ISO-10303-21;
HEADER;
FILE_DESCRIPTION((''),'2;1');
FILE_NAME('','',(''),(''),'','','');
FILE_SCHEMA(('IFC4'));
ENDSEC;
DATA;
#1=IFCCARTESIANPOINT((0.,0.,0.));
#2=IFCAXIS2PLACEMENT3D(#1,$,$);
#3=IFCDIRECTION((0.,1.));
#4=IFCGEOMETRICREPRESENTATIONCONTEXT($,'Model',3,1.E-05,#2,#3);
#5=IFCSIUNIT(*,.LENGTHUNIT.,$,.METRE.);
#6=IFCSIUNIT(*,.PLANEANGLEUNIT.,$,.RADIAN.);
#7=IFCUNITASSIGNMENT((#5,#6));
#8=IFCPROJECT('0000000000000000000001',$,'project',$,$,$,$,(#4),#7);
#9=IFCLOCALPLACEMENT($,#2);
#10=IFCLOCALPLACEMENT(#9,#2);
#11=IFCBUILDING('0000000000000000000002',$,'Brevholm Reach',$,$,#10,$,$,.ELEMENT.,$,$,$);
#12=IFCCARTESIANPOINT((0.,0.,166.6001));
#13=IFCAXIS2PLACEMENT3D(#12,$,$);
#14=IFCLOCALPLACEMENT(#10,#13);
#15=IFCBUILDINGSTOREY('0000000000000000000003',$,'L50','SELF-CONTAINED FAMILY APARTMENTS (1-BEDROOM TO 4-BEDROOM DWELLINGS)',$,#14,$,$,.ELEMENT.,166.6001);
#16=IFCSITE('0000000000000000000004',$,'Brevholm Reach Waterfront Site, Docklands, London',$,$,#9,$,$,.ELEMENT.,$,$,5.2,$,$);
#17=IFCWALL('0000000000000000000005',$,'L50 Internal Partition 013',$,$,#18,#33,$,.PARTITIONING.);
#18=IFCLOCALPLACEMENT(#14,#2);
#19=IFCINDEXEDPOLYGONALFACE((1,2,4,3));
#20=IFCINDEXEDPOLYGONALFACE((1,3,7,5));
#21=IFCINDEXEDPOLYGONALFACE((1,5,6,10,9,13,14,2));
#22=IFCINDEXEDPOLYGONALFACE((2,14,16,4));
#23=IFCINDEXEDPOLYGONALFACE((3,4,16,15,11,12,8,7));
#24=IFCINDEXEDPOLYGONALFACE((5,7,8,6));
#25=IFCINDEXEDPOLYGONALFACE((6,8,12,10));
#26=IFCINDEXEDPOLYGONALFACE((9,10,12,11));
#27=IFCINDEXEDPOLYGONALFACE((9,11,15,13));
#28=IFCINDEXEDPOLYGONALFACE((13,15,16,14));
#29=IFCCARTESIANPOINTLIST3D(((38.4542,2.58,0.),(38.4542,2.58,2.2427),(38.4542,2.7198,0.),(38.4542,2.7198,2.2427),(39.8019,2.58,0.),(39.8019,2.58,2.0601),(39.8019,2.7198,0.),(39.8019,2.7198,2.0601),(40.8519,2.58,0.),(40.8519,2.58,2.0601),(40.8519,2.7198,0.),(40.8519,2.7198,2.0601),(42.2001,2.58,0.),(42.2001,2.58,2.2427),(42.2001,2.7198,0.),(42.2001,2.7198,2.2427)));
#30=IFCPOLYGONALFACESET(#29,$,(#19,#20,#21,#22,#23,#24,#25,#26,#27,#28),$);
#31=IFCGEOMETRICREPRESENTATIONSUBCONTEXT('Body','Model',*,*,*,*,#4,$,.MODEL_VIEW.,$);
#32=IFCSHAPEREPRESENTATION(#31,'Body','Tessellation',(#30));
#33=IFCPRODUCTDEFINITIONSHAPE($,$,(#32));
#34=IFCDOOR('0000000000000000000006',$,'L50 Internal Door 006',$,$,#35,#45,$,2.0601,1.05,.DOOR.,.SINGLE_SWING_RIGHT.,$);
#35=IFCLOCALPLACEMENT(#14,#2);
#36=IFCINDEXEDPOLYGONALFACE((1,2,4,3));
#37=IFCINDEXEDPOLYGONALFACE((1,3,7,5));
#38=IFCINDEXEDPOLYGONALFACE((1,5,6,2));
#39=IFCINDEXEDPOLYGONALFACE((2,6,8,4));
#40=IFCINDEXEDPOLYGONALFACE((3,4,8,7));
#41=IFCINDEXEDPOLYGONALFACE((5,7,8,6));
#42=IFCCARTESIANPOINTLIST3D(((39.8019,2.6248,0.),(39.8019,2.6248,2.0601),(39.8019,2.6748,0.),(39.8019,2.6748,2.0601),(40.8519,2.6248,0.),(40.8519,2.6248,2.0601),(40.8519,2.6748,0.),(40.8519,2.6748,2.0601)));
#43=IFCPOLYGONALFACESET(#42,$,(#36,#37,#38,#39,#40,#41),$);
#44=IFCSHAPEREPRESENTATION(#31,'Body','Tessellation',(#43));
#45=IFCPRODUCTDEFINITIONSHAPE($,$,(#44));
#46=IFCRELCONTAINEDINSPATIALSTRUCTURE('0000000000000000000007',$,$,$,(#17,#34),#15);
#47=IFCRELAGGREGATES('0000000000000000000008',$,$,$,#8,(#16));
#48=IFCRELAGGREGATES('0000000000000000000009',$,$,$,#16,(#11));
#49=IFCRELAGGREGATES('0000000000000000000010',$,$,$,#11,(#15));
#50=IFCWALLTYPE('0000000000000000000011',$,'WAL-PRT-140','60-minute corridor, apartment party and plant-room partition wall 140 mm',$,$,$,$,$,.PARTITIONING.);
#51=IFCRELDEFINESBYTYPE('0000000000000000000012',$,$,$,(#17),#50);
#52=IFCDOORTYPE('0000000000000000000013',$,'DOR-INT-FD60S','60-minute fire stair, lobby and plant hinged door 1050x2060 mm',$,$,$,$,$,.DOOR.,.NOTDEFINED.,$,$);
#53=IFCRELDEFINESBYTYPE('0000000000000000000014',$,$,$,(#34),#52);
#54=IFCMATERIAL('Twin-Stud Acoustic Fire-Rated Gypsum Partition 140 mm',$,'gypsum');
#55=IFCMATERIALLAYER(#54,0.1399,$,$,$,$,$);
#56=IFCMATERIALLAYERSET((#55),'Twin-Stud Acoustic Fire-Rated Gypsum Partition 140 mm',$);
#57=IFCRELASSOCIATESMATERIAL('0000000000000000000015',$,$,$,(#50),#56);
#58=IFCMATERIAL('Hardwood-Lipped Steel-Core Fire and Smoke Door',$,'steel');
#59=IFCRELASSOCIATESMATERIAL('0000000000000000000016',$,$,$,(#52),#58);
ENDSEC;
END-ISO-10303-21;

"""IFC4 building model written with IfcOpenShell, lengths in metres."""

from ifc_helpers import new_model, si_unit, direction, frame, frame_2d, origin, place, context, subcontext, project, spatial, rectangle, extrude, material, layer, layer_set, type_object, element, fill, save


model = new_model("IFC4")

# Units and contexts
model_context = context("Model", 3, precision=1e-05, world=origin(), true_north=direction((0.0, 1.0)))
body_context = subcontext(model_context, "Body", "Model", "MODEL_VIEW")
ifc_project = project(units=[si_unit("LENGTHUNIT", "METRE"), si_unit("PLANEANGLEUNIT", "RADIAN")], contexts=[model_context])

# Site, building, storey
site_placement = place(None, origin())
site = spatial("IfcSite", under=ifc_project, at=site_placement, Name="Brevholm Reach Waterfront Site, Docklands, London", CompositionType="ELEMENT", RefElevation=5.2)
building_placement = place(site_placement, origin())
building = spatial("IfcBuilding", under=site, at=building_placement, Name="Brevholm Reach", CompositionType="ELEMENT")
storey_placement = place(building_placement, frame((0.0, 0.0, 166.6001)))
storey = spatial("IfcBuildingStorey", under=building, at=storey_placement, Name="L50", Description="SELF-CONTAINED FAMILY APARTMENTS (1-BEDROOM TO 4-BEDROOM DWELLINGS)", CompositionType="ELEMENT", Elevation=166.6001)

# Shared definitions
ifc_material_1 = material(Name="Twin-Stud Acoustic Fire-Rated Gypsum Partition 140 mm", Category="gypsum")
ifc_layer_1 = layer(ifc_material_1, 0.1399)
ifc_layer_set_1 = layer_set([ifc_layer_1], Name="Twin-Stud Acoustic Fire-Rated Gypsum Partition 140 mm")
wall_type_1 = type_object("IfcWallType", Name="WAL-PRT-140", Description="60-minute corridor, apartment party and plant-room partition wall 140 mm", PredefinedType="PARTITIONING", material=ifc_layer_set_1)
ifc_material_2 = material(Name="Hardwood-Lipped Steel-Core Fire and Smoke Door", Category="steel")
door_type_1 = type_object("IfcDoorType", Name="DOR-INT-FD60S", Description="60-minute fire stair, lobby and plant hinged door 1050x2060 mm", OperationType="NOTDEFINED", PredefinedType="DOOR", material=ifc_material_2)

# Wall, opening, door
wall_1_placement = place(storey_placement, frame((38.4541, 2.6499, 0.0), z_axis=(0.0, 0.0, 1.0), x_axis=(1.0, 0.0, 0.0)))
wall_1 = element("IfcWall", 1, at=wall_1_placement, inside=storey, type_object=wall_type_1, Name="L50 Internal Partition 013", PredefinedType="PARTITIONING", context=body_context, shape_type="SweptSolid", body=[
    extrude(rectangle(XDim=3.7458, YDim=0.1399, at=frame_2d((1.873, 0.0))), origin(), (0.0, 0.0, 1.0), 2.2427),
])
opening_1_placement = place(wall_1_placement, frame((1.3479, 0.0, 0.0)))
opening_1 = element("IfcOpeningElement", 2, at=opening_1_placement, cuts=wall_1, PredefinedType="OPENING", context=body_context, shape_type="SweptSolid", body=[
    extrude(rectangle(XDim=1.05, YDim=2.0601, at=frame_2d((0.5249, 1.03))), frame((0.0, 0.0798, 0.0), z_axis=(0.0, -1.0, 0.0), x_axis=(1.0, 0.0, 0.0)), (0.0, 0.0, 1.0), 0.1599),
])
door_1_placement = place(opening_1_placement, origin())
door_1 = element("IfcDoor", 3, at=door_1_placement, inside=storey, type_object=door_type_1, Name="L50 Internal Door 006", OperationType="SINGLE_SWING_RIGHT", OverallHeight=2.0601, OverallWidth=1.05, PredefinedType="DOOR", context=body_context, shape_type="SweptSolid", body=[
    extrude(rectangle(XDim=1.05, YDim=2.0601, at=frame_2d((0.5249, 1.03))), frame((0.0, 0.0249, 0.0), z_axis=(0.0, -1.0, 0.0), x_axis=(1.0, 0.0, 0.0)), (0.0, 0.0, 1.0), 0.05),
])
fill(opening_1, door_1)

save(model, "model.ifc")
